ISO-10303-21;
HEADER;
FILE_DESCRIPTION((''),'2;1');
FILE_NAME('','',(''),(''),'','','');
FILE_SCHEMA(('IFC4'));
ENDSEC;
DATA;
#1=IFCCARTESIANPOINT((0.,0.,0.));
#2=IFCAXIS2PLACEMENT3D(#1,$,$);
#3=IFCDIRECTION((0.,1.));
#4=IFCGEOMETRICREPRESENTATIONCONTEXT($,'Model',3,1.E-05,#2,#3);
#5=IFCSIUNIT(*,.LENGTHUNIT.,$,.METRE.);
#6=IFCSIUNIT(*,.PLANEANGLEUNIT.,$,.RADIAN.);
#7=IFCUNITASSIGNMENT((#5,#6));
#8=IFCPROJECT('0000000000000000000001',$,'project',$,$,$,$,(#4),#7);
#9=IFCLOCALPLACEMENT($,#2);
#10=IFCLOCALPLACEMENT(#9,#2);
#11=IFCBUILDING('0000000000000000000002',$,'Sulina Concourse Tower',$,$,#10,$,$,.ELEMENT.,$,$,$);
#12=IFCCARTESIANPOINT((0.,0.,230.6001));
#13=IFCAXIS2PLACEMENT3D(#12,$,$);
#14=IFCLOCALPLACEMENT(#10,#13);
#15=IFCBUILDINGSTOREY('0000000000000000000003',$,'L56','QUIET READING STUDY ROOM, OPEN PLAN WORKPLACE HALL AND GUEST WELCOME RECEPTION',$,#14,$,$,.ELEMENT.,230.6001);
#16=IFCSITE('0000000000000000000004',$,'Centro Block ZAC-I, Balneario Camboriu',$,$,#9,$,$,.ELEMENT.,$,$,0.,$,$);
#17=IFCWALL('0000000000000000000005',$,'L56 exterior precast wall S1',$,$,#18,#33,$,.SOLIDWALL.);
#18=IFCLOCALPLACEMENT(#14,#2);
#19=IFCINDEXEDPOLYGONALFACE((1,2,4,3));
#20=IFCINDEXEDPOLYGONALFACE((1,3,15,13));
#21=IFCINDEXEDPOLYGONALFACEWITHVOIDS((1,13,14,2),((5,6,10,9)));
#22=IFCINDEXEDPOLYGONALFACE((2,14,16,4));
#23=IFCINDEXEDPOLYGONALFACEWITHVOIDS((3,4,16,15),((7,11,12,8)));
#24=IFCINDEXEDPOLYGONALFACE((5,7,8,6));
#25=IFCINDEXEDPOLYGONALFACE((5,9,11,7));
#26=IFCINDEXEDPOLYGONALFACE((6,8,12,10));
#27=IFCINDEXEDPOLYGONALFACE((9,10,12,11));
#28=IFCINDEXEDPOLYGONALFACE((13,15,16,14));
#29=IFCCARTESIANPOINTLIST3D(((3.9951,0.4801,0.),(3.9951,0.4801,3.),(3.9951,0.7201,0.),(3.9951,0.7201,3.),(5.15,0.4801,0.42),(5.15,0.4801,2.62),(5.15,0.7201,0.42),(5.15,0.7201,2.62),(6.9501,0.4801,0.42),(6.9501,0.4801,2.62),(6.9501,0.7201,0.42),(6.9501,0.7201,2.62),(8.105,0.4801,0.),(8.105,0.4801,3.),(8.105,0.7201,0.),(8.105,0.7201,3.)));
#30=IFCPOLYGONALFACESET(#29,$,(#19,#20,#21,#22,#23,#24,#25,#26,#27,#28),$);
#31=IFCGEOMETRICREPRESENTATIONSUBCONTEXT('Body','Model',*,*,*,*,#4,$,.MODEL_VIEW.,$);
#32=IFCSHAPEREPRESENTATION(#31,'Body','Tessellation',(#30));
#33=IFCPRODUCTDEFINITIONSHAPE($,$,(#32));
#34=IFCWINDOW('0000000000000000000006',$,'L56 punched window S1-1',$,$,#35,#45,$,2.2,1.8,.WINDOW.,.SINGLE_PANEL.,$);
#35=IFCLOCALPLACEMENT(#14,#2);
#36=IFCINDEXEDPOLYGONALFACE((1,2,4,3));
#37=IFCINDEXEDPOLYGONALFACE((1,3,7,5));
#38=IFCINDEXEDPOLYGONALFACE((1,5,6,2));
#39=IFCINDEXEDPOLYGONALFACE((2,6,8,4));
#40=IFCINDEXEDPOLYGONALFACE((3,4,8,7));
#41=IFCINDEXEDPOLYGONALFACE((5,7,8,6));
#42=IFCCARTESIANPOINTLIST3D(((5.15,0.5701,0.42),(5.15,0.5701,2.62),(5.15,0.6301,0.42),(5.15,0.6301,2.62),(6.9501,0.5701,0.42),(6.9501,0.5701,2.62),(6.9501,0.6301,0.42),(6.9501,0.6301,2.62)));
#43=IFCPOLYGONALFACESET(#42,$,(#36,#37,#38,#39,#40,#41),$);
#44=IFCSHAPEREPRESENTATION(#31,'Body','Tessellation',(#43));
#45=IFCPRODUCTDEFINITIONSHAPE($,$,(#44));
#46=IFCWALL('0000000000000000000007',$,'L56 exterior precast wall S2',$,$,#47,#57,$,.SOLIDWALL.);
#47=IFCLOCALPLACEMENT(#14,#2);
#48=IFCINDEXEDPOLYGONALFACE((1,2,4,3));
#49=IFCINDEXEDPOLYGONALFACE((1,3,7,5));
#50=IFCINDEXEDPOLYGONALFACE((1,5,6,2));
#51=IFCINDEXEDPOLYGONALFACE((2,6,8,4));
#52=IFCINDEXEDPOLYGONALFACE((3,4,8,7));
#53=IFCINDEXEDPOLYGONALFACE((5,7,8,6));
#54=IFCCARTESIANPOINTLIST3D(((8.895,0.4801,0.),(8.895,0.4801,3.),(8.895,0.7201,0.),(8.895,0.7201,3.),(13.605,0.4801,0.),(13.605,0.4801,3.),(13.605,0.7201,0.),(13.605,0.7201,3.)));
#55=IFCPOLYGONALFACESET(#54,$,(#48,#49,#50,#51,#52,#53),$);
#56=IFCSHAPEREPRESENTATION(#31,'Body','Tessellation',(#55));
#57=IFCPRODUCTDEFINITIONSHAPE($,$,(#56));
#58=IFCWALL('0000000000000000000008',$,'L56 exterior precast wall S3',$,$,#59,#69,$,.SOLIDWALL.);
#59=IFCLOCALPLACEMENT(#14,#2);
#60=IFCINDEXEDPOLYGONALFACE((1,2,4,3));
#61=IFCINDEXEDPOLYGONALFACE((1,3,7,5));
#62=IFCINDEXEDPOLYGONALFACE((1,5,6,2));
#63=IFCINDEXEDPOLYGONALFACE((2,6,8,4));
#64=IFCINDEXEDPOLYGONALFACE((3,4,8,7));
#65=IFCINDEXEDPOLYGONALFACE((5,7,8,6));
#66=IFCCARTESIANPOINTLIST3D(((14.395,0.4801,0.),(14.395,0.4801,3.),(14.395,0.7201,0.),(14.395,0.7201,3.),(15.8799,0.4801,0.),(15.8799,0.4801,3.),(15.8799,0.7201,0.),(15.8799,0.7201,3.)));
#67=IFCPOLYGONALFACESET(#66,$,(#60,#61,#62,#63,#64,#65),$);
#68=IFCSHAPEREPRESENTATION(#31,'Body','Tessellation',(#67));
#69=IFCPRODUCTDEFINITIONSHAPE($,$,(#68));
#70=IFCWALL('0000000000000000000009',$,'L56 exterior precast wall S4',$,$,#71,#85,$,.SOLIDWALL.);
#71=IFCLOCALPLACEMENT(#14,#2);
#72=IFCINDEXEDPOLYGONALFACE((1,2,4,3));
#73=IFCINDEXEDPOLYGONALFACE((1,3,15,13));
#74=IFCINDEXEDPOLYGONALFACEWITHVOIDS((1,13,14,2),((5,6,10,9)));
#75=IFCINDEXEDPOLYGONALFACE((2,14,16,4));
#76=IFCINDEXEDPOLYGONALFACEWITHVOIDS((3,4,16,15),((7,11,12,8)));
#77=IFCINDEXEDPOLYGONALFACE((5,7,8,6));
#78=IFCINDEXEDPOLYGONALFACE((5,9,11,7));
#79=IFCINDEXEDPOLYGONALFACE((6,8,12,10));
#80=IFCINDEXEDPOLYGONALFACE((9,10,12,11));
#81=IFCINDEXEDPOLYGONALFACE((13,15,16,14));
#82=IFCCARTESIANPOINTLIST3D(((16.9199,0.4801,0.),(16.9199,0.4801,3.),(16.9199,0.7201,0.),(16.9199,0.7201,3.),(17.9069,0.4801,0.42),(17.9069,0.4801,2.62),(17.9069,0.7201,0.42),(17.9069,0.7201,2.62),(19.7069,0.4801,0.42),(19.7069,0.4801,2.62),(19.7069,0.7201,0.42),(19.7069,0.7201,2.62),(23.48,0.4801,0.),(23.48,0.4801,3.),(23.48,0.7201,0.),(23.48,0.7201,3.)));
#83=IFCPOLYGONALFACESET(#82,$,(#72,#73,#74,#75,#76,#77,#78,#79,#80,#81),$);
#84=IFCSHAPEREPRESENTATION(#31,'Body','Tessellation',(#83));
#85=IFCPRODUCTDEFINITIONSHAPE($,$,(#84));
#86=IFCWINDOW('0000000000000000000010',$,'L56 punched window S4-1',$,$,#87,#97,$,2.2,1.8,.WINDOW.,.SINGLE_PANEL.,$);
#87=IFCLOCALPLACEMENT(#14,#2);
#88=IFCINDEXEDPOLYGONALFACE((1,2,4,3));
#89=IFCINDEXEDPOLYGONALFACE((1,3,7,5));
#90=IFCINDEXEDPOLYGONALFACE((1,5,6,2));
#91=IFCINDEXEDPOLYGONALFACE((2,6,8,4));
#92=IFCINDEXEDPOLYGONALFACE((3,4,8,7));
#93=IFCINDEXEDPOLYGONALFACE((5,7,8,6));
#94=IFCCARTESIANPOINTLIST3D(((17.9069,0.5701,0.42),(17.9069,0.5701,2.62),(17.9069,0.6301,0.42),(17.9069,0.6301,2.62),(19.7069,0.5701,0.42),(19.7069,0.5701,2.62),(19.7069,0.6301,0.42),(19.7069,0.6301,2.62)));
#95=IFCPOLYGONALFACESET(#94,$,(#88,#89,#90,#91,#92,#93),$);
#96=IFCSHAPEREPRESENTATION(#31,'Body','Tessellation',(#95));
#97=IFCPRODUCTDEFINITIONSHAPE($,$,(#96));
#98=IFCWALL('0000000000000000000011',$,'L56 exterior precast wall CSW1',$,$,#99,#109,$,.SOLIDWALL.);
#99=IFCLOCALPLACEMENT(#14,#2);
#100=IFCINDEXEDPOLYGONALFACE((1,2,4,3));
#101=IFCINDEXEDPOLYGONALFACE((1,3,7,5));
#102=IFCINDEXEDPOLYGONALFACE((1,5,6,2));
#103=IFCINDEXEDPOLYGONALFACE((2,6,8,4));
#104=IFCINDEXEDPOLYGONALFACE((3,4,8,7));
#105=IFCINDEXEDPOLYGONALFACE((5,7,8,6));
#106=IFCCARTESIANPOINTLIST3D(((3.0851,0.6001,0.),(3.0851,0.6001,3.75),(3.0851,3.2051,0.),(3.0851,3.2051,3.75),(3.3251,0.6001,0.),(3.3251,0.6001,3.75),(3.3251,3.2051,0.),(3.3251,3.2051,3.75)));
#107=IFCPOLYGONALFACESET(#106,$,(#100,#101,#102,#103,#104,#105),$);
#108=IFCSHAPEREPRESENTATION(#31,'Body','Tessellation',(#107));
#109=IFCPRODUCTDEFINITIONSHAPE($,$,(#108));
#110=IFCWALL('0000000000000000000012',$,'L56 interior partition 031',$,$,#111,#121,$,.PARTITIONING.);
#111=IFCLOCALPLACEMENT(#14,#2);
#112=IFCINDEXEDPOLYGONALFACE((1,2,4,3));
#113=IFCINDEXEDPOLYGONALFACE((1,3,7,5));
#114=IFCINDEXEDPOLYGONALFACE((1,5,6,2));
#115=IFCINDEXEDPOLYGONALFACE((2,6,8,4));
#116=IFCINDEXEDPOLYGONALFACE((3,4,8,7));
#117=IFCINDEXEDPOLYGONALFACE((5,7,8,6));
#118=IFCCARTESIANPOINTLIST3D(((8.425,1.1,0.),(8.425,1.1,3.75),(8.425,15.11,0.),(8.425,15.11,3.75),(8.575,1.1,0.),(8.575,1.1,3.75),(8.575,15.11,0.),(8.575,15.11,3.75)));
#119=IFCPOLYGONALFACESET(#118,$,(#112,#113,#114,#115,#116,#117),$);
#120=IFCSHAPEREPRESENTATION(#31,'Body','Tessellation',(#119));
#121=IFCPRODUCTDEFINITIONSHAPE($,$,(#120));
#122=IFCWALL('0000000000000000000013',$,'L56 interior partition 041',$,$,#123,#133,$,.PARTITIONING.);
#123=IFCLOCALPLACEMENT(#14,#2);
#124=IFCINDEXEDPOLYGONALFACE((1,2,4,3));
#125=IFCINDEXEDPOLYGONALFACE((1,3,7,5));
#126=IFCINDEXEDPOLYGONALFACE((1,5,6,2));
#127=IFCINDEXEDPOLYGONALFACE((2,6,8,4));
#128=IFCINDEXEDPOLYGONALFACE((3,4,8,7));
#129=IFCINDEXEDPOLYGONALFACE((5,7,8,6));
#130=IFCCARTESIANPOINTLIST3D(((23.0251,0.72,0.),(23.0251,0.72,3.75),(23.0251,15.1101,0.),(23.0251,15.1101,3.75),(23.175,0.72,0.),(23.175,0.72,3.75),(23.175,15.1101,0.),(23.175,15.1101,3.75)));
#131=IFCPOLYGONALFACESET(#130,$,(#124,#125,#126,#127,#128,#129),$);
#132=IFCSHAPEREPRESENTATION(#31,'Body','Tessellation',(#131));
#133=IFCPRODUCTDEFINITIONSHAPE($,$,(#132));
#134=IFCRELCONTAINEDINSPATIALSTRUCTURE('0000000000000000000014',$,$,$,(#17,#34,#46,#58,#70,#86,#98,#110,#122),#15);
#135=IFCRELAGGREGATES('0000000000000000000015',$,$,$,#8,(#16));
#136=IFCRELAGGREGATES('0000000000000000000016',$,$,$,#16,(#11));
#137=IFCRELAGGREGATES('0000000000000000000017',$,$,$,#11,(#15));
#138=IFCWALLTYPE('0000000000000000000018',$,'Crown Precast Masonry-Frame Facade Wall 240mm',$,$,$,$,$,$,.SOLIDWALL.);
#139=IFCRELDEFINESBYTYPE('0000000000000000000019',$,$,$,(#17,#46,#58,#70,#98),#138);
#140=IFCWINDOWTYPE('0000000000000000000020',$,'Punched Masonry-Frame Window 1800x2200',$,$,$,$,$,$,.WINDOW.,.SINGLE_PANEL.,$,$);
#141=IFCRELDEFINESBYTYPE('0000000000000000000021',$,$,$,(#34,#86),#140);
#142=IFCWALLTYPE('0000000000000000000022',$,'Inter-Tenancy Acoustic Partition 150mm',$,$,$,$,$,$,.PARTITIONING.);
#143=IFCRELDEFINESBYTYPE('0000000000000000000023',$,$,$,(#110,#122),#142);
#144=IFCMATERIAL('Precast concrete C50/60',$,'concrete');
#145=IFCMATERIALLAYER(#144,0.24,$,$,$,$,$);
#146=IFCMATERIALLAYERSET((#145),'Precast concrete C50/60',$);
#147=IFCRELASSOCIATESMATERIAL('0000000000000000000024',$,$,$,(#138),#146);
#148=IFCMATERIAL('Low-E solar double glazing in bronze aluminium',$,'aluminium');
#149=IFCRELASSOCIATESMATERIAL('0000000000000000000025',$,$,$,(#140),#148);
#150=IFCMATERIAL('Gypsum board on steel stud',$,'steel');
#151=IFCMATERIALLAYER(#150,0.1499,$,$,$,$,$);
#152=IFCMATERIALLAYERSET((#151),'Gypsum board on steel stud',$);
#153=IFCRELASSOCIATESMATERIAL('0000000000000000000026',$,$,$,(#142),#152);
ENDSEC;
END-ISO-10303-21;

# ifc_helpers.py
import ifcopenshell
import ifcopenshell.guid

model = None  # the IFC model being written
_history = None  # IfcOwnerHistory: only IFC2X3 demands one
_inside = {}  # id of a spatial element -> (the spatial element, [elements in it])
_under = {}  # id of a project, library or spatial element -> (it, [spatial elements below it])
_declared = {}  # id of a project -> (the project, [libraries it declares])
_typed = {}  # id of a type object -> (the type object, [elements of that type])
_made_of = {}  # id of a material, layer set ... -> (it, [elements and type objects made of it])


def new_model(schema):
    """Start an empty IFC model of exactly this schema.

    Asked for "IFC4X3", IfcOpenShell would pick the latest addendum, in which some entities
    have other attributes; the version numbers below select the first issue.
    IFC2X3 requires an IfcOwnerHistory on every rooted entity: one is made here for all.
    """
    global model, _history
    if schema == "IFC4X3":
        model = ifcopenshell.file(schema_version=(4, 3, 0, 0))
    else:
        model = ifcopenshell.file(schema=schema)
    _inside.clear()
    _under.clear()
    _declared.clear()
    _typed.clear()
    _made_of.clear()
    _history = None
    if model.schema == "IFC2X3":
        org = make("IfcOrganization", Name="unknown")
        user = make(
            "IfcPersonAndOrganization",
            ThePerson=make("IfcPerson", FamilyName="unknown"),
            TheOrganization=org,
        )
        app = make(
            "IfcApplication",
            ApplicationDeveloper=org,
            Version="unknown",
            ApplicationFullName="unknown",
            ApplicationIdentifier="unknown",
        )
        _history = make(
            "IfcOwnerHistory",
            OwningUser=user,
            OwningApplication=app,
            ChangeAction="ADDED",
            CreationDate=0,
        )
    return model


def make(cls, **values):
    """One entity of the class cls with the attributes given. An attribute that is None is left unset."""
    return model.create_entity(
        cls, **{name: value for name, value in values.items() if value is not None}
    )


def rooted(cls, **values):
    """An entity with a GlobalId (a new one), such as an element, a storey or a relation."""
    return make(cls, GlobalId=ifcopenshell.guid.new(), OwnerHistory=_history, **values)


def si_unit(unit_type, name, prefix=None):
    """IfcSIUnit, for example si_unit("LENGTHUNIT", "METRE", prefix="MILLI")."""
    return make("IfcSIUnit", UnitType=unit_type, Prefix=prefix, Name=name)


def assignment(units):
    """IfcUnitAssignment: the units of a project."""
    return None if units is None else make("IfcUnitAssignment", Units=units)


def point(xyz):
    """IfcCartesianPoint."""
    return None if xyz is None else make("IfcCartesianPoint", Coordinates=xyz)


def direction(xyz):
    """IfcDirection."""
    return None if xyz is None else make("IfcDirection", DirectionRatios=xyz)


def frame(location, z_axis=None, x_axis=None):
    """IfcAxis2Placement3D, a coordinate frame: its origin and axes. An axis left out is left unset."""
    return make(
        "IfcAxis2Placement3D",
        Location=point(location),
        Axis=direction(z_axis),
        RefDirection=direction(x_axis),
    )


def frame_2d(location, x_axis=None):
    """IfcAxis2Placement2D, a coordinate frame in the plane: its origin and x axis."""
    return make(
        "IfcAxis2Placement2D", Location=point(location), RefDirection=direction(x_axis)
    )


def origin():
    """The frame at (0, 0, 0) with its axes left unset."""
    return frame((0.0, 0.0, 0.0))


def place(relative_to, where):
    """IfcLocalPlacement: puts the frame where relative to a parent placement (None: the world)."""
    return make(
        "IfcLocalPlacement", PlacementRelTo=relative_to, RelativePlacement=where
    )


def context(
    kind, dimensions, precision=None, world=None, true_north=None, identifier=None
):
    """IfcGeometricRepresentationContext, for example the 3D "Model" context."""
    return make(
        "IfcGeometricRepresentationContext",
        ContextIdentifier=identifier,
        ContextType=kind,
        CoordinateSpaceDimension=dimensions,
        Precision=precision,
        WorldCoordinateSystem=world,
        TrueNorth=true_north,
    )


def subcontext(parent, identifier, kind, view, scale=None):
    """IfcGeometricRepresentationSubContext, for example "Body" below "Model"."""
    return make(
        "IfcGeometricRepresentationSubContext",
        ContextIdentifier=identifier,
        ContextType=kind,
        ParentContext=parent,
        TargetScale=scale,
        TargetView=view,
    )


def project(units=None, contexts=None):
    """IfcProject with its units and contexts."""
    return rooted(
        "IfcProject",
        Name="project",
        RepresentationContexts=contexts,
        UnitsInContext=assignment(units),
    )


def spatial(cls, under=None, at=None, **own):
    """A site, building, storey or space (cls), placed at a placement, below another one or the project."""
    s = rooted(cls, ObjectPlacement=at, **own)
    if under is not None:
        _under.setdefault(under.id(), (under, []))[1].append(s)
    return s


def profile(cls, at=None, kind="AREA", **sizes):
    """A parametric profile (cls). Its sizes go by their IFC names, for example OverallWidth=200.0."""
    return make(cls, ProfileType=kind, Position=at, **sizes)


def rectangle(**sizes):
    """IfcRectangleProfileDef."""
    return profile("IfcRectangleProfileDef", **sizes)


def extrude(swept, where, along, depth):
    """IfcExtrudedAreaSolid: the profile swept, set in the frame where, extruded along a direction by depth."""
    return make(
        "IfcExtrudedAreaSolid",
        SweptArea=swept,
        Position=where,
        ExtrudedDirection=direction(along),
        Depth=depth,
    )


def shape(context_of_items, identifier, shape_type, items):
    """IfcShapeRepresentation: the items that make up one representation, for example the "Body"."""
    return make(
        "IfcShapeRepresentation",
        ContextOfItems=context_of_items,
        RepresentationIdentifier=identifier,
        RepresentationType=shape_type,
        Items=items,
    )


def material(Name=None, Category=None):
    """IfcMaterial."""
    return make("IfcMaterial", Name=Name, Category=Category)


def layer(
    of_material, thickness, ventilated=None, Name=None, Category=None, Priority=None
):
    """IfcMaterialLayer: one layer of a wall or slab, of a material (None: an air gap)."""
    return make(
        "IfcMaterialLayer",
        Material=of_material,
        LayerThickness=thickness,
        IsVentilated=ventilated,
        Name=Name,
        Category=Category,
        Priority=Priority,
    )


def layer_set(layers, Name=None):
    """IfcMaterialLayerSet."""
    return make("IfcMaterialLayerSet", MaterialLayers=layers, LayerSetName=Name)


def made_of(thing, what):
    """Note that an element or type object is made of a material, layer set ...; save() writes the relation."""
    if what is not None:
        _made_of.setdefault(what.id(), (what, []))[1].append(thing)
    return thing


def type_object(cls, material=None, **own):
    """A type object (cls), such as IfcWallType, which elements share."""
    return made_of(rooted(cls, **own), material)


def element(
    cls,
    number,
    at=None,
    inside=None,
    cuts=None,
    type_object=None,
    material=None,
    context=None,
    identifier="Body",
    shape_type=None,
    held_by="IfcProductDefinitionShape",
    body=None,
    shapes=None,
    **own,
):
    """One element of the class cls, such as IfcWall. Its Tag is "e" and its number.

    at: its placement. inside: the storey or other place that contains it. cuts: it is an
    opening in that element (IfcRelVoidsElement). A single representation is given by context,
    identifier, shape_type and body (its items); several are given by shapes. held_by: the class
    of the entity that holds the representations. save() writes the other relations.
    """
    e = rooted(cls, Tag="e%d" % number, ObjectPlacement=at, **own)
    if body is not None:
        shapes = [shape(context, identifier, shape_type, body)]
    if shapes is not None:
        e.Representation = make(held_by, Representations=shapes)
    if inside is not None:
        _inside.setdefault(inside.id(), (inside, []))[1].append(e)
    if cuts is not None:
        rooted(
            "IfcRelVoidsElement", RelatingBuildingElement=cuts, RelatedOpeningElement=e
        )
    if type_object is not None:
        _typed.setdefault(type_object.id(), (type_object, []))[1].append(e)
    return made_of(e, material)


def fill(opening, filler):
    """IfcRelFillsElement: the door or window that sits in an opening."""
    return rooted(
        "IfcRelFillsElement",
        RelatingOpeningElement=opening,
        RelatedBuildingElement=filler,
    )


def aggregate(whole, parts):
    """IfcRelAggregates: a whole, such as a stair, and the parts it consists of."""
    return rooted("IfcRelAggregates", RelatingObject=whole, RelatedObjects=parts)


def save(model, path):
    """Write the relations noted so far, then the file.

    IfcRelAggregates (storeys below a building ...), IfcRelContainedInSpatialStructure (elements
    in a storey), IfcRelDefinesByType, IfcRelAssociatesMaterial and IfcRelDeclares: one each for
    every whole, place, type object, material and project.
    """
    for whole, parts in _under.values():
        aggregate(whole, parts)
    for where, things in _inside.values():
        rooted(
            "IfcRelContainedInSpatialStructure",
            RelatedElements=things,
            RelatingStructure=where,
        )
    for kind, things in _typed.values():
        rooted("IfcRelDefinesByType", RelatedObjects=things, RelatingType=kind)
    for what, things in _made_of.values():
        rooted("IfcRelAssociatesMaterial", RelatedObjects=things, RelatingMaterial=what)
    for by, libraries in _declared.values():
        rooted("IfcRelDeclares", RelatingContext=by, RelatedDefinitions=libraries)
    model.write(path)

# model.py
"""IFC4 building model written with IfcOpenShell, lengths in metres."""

from ifc_helpers import new_model, si_unit, direction, frame, frame_2d, origin, place, context, subcontext, project, spatial, rectangle, extrude, material, layer, layer_set, type_object, element, fill, save


model = new_model("IFC4")

# Units and contexts
model_context = context("Model", 3, precision=1e-05, world=origin(), true_north=direction((0.0, 1.0)))
body_context = subcontext(model_context, "Body", "Model", "MODEL_VIEW")
ifc_project = project(units=[si_unit("LENGTHUNIT", "METRE"), si_unit("PLANEANGLEUNIT", "RADIAN")], contexts=[model_context])

# Site, building, storey
site_placement = place(None, origin())
site = spatial("IfcSite", under=ifc_project, at=site_placement, Name="Centro Block ZAC-I, Balneario Camboriu", CompositionType="ELEMENT", RefElevation=0.0)
building_placement = place(site_placement, origin())
building = spatial("IfcBuilding", under=site, at=building_placement, Name="Sulina Concourse Tower", CompositionType="ELEMENT")
storey_placement = place(building_placement, frame((0.0, 0.0, 230.6001)))
storey = spatial("IfcBuildingStorey", under=building, at=storey_placement, Name="L56", Description="QUIET READING STUDY ROOM, OPEN PLAN WORKPLACE HALL AND GUEST WELCOME RECEPTION", CompositionType="ELEMENT", Elevation=230.6001)

# Wall, opening, window
ifc_material_1 = material(Name="Precast concrete C50/60", Category="concrete")
ifc_layer_1 = layer(ifc_material_1, 0.24)
ifc_layer_set_1 = layer_set([ifc_layer_1], Name="Precast concrete C50/60")
wall_type_1 = type_object("IfcWallType", Name="Crown Precast Masonry-Frame Facade Wall 240mm", PredefinedType="SOLIDWALL", material=ifc_layer_set_1)
wall_1_placement = place(storey_placement, frame((8.105, 0.6001, 0.0), z_axis=(0.0, 0.0, 1.0), x_axis=(-1.0, 0.0, 0.0)))
wall_1 = element("IfcWall", 1, at=wall_1_placement, inside=storey, type_object=wall_type_1, Name="L56 exterior precast wall S1", PredefinedType="SOLIDWALL", context=body_context, shape_type="SweptSolid", body=[
    extrude(rectangle(XDim=4.1099, YDim=0.24, at=frame_2d((2.0549, 0.0))), origin(), (0.0, 0.0, 1.0), 3.0),
])
opening_1_placement = place(wall_1_placement, frame((1.155, 0.0, 0.4199)))
opening_1 = element("IfcOpeningElement", 2, at=opening_1_placement, cuts=wall_1, PredefinedType="OPENING", context=body_context, shape_type="SweptSolid", body=[
    extrude(rectangle(XDim=1.8, YDim=2.2, at=frame_2d((0.8999, 1.1001))), frame((0.0, 0.1299, 0.0), z_axis=(0.0, -1.0, 0.0), x_axis=(1.0, 0.0, 0.0)), (0.0, 0.0, 1.0), 0.26),
])
ifc_material_2 = material(Name="Low-E solar double glazing in bronze aluminium", Category="aluminium")
window_type = type_object("IfcWindowType", Name="Punched Masonry-Frame Window 1800x2200", PartitioningType="SINGLE_PANEL", PredefinedType="WINDOW", material=ifc_material_2)
window_1_placement = place(opening_1_placement, origin())
window_1 = element("IfcWindow", 3, at=window_1_placement, inside=storey, type_object=window_type, Name="L56 punched window S1-1", OverallHeight=2.2, OverallWidth=1.8, PartitioningType="SINGLE_PANEL", PredefinedType="WINDOW", context=body_context, shape_type="SweptSolid", body=[
    extrude(rectangle(XDim=1.8, YDim=2.2, at=frame_2d((0.8999, 1.1001))), frame((0.0, 0.03, 0.0), z_axis=(0.0, -1.0, 0.0), x_axis=(1.0, 0.0, 0.0)), (0.0, 0.0, 1.0), 0.0601),
])
fill(opening_1, window_1)

# Walls
wall_2_placement = place(storey_placement, frame((13.605, 0.6001, 0.0), z_axis=(0.0, 0.0, 1.0), x_axis=(-1.0, 0.0, 0.0)))
element("IfcWall", 4, at=wall_2_placement, inside=storey, type_object=wall_type_1, Name="L56 exterior precast wall S2", PredefinedType="SOLIDWALL", context=body_context, shape_type="SweptSolid", body=[
    extrude(rectangle(XDim=4.71, YDim=0.24, at=frame_2d((2.355, 0.0))), origin(), (0.0, 0.0, 1.0), 3.0),
])
wall_3_placement = place(storey_placement, frame((15.8799, 0.6001, 0.0), z_axis=(0.0, 0.0, 1.0), x_axis=(-1.0, 0.0, 0.0)))
element("IfcWall", 5, at=wall_3_placement, inside=storey, type_object=wall_type_1, Name="L56 exterior precast wall S3", PredefinedType="SOLIDWALL", context=body_context, shape_type="SweptSolid", body=[
    extrude(rectangle(XDim=1.4849, YDim=0.24, at=frame_2d((0.7424, 0.0))), origin(), (0.0, 0.0, 1.0), 3.0),
])

# Wall, opening, window
wall_4_placement = place(storey_placement, frame((23.48, 0.6001, 0.0), z_axis=(0.0, 0.0, 1.0), x_axis=(-1.0, 0.0, 0.0)))
wall_4 = element("IfcWall", 6, at=wall_4_placement, inside=storey, type_object=wall_type_1, Name="L56 exterior precast wall S4", PredefinedType="SOLIDWALL", context=body_context, shape_type="SweptSolid", body=[
    extrude(rectangle(XDim=6.5601, YDim=0.24, at=frame_2d((3.28, 0.0))), origin(), (0.0, 0.0, 1.0), 3.0),
])
opening_2_placement = place(wall_4_placement, frame((3.7732, 0.0, 0.4199)))
opening_2 = element("IfcOpeningElement", 7, at=opening_2_placement, cuts=wall_4, PredefinedType="OPENING", context=body_context, shape_type="SweptSolid", body=[
    extrude(rectangle(XDim=1.8, YDim=2.2, at=frame_2d((0.8999, 1.1001))), frame((0.0, 0.1299, 0.0), z_axis=(0.0, -1.0, 0.0), x_axis=(1.0, 0.0, 0.0)), (0.0, 0.0, 1.0), 0.26),
])
window_2_placement = place(opening_2_placement, origin())
window_2 = element("IfcWindow", 8, at=window_2_placement, inside=storey, type_object=window_type, Name="L56 punched window S4-1", OverallHeight=2.2, OverallWidth=1.8, PartitioningType="SINGLE_PANEL", PredefinedType="WINDOW", context=body_context, shape_type="SweptSolid", body=[
    extrude(rectangle(XDim=1.8, YDim=2.2, at=frame_2d((0.8999, 1.1001))), frame((0.0, 0.03, 0.0), z_axis=(0.0, -1.0, 0.0), x_axis=(1.0, 0.0, 0.0)), (0.0, 0.0, 1.0), 0.0601),
])
fill(opening_2, window_2)

# Walls
wall_5_placement = place(storey_placement, frame((3.2051, 0.6001, 0.0), z_axis=(0.0, 0.0, 1.0), x_axis=(0.0, 1.0, 0.0)))
element("IfcWall", 9, at=wall_5_placement, inside=storey, type_object=wall_type_1, Name="L56 exterior precast wall CSW1", PredefinedType="SOLIDWALL", context=body_context, shape_type="SweptSolid", body=[
    extrude(rectangle(XDim=2.605, YDim=0.24, at=frame_2d((1.3025, 0.0))), origin(), (0.0, 0.0, 1.0), 3.75),
])
ifc_material_3 = material(Name="Gypsum board on steel stud", Category="steel")
ifc_layer_2 = layer(ifc_material_3, 0.1499)
ifc_layer_set_2 = layer_set([ifc_layer_2], Name="Gypsum board on steel stud")
wall_type_2 = type_object("IfcWallType", Name="Inter-Tenancy Acoustic Partition 150mm", PredefinedType="PARTITIONING", material=ifc_layer_set_2)
wall_6_placement = place(storey_placement, frame((8.5, 1.1001, 0.0), z_axis=(0.0, 0.0, 1.0), x_axis=(0.0, 1.0, 0.0)))
element("IfcWall", 10, at=wall_6_placement, inside=storey, type_object=wall_type_2, Name="L56 interior partition 031", PredefinedType="PARTITIONING", context=body_context, shape_type="SweptSolid", body=[
    extrude(rectangle(XDim=14.01, YDim=0.1499, at=frame_2d((7.0049, 0.0))), origin(), (0.0, 0.0, 1.0), 3.75),
])
wall_7_placement = place(storey_placement, frame((23.1001, 0.72, 0.0), z_axis=(0.0, 0.0, 1.0), x_axis=(0.0, 1.0, 0.0)))
element("IfcWall", 11, at=wall_7_placement, inside=storey, type_object=wall_type_2, Name="L56 interior partition 041", PredefinedType="PARTITIONING", context=body_context, shape_type="SweptSolid", body=[
    extrude(rectangle(XDim=14.3901, YDim=0.1499, at=frame_2d((7.1951, 0.0))), origin(), (0.0, 0.0, 1.0), 3.75),
])

save(model, "model.ifc")
